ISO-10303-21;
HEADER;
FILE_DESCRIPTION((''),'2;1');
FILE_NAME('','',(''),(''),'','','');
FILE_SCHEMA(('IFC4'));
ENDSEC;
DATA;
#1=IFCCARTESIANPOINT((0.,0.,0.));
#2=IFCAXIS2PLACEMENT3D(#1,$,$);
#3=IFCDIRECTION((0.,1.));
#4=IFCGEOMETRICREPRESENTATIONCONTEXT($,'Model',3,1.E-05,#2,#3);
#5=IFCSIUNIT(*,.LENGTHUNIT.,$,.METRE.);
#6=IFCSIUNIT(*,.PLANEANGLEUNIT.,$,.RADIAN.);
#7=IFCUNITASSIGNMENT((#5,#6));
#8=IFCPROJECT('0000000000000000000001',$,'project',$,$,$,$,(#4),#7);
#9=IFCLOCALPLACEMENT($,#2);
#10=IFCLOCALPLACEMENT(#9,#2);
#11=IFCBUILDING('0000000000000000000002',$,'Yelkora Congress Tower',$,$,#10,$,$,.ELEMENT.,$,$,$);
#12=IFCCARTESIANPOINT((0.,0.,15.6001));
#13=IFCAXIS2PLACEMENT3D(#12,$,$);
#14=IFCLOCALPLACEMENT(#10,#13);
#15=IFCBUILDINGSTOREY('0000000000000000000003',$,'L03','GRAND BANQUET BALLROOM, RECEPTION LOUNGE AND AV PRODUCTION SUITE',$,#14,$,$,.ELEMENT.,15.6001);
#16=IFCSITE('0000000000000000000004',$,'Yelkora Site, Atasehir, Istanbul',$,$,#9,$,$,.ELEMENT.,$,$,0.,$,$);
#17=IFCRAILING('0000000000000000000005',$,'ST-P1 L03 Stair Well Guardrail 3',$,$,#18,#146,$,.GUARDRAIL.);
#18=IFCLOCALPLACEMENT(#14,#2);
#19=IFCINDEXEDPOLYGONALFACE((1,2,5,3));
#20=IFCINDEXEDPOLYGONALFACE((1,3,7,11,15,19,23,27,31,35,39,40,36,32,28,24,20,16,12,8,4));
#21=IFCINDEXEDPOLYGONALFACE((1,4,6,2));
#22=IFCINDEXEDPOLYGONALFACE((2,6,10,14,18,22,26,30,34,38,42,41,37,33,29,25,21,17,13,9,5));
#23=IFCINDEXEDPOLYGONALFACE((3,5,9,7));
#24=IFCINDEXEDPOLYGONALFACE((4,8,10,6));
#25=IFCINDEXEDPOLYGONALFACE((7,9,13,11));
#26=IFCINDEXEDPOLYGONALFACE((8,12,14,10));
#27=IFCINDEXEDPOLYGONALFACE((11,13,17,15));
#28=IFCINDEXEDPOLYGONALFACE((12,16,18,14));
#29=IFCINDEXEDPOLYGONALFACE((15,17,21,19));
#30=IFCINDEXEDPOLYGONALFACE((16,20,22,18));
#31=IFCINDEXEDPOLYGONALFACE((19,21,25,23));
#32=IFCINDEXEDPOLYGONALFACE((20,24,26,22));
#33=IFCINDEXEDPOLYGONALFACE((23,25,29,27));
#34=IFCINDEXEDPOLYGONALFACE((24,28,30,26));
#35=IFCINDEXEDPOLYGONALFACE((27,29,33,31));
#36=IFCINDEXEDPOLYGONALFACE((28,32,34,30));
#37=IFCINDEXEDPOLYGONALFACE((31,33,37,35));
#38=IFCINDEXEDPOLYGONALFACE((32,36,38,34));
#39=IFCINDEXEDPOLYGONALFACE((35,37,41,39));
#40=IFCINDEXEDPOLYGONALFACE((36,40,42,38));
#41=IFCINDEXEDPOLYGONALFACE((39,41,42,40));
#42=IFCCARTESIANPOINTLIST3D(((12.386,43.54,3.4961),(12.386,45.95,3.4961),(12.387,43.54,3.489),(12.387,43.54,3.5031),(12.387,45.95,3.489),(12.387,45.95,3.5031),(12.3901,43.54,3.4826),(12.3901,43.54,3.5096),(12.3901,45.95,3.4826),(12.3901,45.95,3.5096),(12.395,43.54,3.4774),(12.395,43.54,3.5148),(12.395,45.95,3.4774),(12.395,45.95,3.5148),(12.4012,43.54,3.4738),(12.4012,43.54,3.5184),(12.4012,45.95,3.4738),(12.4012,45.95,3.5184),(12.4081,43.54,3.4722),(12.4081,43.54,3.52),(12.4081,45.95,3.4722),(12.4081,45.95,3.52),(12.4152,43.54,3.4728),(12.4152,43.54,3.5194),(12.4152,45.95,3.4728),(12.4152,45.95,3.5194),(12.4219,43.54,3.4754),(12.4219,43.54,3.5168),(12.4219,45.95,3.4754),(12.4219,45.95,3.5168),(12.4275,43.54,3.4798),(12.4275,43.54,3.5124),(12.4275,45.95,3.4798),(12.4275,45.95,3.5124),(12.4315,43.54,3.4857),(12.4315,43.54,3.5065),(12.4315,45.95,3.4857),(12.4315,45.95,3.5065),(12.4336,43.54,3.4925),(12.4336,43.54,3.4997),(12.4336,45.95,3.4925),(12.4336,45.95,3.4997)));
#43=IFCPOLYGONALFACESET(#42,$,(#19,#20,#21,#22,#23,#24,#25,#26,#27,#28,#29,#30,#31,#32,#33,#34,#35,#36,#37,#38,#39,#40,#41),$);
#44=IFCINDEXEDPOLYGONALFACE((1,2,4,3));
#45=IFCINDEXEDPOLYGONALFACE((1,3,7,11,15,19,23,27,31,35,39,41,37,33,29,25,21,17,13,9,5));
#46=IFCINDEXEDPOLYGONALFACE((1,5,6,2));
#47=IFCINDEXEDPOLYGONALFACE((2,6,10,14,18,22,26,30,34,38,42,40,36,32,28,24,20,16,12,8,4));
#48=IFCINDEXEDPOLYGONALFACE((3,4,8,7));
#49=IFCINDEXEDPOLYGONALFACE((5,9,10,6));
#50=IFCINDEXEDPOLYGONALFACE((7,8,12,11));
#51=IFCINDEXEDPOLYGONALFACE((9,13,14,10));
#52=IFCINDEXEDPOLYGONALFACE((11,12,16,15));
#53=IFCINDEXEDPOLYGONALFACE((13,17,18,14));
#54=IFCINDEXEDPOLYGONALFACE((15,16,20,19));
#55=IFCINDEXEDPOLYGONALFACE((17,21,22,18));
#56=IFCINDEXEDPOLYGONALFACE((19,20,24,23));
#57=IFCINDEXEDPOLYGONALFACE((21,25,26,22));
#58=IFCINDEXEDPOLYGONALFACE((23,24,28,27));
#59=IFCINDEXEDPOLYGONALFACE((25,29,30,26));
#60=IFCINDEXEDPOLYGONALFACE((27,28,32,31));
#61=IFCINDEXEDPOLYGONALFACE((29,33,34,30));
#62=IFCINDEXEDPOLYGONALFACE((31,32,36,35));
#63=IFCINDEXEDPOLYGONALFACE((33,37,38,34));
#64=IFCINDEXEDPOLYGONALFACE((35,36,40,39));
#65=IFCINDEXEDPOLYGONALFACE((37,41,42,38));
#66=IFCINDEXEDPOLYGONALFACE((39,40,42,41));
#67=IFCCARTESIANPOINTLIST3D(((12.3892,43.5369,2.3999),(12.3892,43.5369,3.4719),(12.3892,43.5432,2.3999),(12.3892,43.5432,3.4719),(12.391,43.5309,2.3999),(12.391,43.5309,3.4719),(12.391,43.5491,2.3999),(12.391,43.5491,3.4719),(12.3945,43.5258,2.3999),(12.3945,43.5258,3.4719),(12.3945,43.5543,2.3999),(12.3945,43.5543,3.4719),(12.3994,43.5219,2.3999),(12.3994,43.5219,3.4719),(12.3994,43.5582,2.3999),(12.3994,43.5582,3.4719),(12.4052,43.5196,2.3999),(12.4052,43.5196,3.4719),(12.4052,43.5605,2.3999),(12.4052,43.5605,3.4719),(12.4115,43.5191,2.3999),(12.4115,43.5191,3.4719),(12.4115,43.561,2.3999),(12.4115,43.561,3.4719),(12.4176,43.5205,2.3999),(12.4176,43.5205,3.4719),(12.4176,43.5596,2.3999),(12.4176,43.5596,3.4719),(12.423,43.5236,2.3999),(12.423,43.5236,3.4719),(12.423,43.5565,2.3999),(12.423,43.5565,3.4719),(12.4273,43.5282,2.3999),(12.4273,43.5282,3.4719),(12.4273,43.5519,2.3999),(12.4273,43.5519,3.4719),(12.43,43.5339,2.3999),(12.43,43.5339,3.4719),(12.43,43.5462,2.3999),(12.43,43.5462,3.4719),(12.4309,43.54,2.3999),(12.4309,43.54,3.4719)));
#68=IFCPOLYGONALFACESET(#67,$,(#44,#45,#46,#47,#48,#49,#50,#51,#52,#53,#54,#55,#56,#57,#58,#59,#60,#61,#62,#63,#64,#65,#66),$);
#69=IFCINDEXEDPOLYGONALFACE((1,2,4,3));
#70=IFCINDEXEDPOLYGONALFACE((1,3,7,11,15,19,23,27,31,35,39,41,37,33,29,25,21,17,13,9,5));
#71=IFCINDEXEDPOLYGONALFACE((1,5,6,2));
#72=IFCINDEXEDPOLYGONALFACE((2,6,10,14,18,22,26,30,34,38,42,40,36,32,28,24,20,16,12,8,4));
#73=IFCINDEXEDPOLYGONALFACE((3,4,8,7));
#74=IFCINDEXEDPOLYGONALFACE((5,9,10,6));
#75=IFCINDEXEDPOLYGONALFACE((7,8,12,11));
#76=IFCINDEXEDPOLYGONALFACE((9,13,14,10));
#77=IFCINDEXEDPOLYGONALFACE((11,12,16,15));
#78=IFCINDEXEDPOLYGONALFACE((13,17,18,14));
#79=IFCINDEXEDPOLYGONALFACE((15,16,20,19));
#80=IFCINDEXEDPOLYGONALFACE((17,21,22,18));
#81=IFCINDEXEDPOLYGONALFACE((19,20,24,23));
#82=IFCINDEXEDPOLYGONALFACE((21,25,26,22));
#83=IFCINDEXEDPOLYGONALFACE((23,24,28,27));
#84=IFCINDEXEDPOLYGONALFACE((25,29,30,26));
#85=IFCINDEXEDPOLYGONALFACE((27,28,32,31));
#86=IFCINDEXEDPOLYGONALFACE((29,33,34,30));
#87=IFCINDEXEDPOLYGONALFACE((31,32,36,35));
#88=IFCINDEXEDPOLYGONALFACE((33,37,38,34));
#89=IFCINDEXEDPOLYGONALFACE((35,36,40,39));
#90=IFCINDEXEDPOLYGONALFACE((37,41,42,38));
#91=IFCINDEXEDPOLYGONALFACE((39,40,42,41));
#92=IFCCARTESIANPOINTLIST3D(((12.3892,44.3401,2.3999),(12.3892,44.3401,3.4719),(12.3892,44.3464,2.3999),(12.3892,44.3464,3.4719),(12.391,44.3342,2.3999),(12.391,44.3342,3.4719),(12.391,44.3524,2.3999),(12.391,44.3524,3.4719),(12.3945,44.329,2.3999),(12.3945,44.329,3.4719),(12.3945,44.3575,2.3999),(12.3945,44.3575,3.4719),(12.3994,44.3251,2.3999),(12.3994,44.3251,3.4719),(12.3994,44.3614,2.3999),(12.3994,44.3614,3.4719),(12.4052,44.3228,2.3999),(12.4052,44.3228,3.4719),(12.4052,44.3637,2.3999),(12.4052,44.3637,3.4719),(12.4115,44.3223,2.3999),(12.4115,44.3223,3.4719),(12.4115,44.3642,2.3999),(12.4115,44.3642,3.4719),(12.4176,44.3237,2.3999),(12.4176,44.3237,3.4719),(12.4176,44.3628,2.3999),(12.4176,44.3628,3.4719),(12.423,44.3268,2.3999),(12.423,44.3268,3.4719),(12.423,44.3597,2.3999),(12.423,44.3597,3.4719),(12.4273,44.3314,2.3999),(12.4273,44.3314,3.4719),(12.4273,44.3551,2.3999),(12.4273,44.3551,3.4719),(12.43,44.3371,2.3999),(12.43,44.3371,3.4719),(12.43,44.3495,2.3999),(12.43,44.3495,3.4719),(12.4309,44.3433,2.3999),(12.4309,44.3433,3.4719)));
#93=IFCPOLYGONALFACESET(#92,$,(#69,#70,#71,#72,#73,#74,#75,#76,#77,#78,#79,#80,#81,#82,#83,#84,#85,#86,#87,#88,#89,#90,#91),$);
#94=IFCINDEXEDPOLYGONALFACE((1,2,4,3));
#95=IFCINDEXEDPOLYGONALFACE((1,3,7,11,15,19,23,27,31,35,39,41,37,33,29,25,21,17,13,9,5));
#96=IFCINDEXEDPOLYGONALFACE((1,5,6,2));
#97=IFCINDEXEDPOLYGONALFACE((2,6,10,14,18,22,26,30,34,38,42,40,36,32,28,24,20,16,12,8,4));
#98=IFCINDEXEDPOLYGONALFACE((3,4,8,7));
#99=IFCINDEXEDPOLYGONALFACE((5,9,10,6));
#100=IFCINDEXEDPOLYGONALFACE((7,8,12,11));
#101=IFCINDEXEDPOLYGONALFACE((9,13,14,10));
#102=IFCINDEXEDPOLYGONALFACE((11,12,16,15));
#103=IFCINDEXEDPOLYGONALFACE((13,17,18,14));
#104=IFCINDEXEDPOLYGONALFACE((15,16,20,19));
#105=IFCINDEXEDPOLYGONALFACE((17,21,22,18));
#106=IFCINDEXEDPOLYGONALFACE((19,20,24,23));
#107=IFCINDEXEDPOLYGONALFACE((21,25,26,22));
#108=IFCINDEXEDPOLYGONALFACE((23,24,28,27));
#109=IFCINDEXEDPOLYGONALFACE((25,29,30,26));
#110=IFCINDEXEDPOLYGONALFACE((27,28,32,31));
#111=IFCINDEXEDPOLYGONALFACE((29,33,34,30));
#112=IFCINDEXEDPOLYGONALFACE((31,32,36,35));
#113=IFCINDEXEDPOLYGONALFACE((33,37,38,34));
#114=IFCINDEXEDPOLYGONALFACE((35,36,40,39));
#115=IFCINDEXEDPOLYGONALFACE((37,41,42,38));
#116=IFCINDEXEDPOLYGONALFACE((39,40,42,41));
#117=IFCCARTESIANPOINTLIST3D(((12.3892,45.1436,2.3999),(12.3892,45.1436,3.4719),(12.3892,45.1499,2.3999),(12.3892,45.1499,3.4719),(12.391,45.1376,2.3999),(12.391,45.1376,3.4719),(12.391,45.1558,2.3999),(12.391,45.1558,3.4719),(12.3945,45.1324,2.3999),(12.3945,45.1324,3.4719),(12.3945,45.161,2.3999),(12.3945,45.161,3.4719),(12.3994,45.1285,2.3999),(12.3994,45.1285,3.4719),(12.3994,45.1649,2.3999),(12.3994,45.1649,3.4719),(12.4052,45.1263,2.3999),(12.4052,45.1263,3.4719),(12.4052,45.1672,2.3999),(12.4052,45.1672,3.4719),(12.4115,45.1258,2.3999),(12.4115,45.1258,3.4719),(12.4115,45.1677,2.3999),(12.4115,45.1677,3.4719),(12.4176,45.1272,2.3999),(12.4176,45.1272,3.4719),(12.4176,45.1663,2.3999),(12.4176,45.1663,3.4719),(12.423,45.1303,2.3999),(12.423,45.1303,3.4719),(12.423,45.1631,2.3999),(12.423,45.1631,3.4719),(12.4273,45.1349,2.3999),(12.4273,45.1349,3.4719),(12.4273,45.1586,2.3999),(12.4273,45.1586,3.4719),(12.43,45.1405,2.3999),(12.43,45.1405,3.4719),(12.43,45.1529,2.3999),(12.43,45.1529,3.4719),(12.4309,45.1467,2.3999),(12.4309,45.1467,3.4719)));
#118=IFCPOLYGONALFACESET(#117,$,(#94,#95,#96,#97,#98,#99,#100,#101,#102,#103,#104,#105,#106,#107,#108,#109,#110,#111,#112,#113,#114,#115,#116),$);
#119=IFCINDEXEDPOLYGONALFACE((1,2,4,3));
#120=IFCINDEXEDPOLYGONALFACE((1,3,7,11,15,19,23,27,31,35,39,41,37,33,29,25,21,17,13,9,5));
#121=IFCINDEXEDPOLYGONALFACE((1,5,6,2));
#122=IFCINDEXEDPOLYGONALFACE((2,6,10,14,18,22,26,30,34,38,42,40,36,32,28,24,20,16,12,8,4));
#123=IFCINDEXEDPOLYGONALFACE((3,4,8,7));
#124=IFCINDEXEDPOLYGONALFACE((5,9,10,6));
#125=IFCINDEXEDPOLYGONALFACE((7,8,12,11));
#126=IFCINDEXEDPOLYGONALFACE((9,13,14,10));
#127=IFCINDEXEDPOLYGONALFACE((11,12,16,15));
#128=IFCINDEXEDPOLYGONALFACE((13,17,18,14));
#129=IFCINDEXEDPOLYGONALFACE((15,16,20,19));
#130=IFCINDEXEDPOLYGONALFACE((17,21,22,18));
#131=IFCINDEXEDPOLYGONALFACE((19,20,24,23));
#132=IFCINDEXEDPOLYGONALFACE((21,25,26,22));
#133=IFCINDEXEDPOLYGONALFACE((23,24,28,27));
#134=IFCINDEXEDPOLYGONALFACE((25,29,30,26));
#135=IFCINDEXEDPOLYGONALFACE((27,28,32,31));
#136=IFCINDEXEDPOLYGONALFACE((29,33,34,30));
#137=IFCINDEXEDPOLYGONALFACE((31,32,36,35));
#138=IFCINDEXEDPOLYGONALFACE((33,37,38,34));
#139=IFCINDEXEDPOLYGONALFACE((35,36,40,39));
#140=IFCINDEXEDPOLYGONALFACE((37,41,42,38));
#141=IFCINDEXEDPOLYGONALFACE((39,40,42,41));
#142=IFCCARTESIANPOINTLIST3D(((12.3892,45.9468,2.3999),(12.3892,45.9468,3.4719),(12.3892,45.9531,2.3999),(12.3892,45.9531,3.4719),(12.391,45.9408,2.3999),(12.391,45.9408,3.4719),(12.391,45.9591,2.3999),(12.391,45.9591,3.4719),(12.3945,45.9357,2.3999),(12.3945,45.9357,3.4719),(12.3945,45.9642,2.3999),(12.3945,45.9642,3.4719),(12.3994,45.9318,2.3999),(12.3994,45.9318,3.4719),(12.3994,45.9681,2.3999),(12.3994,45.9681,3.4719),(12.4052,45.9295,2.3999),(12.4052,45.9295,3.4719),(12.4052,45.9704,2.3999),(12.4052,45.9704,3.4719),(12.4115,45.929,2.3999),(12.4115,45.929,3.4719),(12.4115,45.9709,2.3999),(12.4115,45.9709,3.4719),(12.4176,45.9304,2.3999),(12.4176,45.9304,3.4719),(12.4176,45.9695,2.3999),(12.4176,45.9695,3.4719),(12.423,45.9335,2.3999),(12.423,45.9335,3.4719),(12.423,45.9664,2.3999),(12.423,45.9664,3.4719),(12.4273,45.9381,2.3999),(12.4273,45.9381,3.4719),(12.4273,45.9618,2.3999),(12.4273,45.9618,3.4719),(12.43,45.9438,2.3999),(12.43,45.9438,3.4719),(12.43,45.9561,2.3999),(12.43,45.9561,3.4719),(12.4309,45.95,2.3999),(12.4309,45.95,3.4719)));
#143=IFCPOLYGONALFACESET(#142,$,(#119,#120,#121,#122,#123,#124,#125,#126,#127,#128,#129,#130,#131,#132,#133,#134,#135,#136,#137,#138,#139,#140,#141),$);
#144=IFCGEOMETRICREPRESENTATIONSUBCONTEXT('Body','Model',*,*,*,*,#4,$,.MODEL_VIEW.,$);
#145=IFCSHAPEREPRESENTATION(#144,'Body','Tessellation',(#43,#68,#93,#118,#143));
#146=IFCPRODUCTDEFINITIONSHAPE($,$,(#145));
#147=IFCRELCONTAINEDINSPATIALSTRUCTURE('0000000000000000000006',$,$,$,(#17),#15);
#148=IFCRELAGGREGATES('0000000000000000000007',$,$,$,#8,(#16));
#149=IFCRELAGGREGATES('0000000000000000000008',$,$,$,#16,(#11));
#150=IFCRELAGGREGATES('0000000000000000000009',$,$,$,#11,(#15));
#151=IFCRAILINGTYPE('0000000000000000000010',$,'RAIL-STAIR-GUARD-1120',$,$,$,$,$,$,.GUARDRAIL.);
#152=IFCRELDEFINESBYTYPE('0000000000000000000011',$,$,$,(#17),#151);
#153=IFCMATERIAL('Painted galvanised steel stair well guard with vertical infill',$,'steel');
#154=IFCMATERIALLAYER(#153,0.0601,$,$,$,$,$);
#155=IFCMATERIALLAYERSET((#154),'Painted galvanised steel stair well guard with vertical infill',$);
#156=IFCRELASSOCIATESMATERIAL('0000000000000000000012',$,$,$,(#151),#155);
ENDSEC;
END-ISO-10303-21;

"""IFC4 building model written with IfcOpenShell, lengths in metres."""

from ifc_helpers import new_model, si_unit, direction, frame, origin, origin_2d, place, context, subcontext, project, spatial, circle, extrude, material, layer, layer_set, type_object, element, save


model = new_model("IFC4")

# Units and contexts
model_context = context("Model", 3, precision=1e-05, world=origin(), true_north=direction((0.0, 1.0)))
body_context = subcontext(model_context, "Body", "Model", "MODEL_VIEW")
ifc_project = project(units=[si_unit("LENGTHUNIT", "METRE"), si_unit("PLANEANGLEUNIT", "RADIAN")], contexts=[model_context])

# Site, building, storey
site_placement = place(None, origin())
site = spatial("IfcSite", under=ifc_project, at=site_placement, Name="Yelkora Site, Atasehir, Istanbul", CompositionType="ELEMENT", RefElevation=0.0)
building_placement = place(site_placement, origin())
building = spatial("IfcBuilding", under=site, at=building_placement, Name="Yelkora Congress Tower", CompositionType="ELEMENT")
storey_placement = place(building_placement, frame((0.0, 0.0, 15.6001)))
storey = spatial("IfcBuildingStorey", under=building, at=storey_placement, Name="L03", Description="GRAND BANQUET BALLROOM, RECEPTION LOUNGE AND AV PRODUCTION SUITE", CompositionType="ELEMENT", Elevation=15.6001)

# Railing
ifc_material_1 = material(Name="Painted galvanised steel stair well guard with vertical infill", Category="steel")
ifc_layer_1 = layer(ifc_material_1, 0.0601)
ifc_layer_set_1 = layer_set([ifc_layer_1], Name="Painted galvanised steel stair well guard with vertical infill")
railing_type_1 = type_object("IfcRailingType", Name="RAIL-STAIR-GUARD-1120", PredefinedType="GUARDRAIL", material=ifc_layer_set_1)
for number, where, name in (
    (1, (12.4099, 43.54, 2.3999), "ST-P1 L03 Stair Well Guardrail 3"),
):
    element("IfcRailing", number, at=place(storey_placement, frame(where)), inside=storey, type_object=railing_type_1, Name=name, PredefinedType="GUARDRAIL", context=body_context, shape_type="SweptSolid", body=[
        extrude(circle(Radius=0.0239, at=origin_2d()), frame((0.0, 0.0, 1.0962), z_axis=(0.0, 1.0, 0.0), x_axis=(-1.0, 0.0, 0.0)), (0.0, 0.0, 1.0), 2.4099),
        extrude(circle(Radius=0.021, at=origin_2d()), origin(), (0.0, 0.0, 1.0), 1.072),
        extrude(circle(Radius=0.021, at=origin_2d()), frame((0.0, 0.8032, 0.0)), (0.0, 0.0, 1.0), 1.072),
        extrude(circle(Radius=0.021, at=origin_2d()), frame((0.0, 1.6067, 0.0)), (0.0, 0.0, 1.0), 1.072),
        extrude(circle(Radius=0.021, at=origin_2d()), frame((0.0, 2.4099, 0.0)), (0.0, 0.0, 1.0), 1.072),
    ])

save(model, "model.ifc")
